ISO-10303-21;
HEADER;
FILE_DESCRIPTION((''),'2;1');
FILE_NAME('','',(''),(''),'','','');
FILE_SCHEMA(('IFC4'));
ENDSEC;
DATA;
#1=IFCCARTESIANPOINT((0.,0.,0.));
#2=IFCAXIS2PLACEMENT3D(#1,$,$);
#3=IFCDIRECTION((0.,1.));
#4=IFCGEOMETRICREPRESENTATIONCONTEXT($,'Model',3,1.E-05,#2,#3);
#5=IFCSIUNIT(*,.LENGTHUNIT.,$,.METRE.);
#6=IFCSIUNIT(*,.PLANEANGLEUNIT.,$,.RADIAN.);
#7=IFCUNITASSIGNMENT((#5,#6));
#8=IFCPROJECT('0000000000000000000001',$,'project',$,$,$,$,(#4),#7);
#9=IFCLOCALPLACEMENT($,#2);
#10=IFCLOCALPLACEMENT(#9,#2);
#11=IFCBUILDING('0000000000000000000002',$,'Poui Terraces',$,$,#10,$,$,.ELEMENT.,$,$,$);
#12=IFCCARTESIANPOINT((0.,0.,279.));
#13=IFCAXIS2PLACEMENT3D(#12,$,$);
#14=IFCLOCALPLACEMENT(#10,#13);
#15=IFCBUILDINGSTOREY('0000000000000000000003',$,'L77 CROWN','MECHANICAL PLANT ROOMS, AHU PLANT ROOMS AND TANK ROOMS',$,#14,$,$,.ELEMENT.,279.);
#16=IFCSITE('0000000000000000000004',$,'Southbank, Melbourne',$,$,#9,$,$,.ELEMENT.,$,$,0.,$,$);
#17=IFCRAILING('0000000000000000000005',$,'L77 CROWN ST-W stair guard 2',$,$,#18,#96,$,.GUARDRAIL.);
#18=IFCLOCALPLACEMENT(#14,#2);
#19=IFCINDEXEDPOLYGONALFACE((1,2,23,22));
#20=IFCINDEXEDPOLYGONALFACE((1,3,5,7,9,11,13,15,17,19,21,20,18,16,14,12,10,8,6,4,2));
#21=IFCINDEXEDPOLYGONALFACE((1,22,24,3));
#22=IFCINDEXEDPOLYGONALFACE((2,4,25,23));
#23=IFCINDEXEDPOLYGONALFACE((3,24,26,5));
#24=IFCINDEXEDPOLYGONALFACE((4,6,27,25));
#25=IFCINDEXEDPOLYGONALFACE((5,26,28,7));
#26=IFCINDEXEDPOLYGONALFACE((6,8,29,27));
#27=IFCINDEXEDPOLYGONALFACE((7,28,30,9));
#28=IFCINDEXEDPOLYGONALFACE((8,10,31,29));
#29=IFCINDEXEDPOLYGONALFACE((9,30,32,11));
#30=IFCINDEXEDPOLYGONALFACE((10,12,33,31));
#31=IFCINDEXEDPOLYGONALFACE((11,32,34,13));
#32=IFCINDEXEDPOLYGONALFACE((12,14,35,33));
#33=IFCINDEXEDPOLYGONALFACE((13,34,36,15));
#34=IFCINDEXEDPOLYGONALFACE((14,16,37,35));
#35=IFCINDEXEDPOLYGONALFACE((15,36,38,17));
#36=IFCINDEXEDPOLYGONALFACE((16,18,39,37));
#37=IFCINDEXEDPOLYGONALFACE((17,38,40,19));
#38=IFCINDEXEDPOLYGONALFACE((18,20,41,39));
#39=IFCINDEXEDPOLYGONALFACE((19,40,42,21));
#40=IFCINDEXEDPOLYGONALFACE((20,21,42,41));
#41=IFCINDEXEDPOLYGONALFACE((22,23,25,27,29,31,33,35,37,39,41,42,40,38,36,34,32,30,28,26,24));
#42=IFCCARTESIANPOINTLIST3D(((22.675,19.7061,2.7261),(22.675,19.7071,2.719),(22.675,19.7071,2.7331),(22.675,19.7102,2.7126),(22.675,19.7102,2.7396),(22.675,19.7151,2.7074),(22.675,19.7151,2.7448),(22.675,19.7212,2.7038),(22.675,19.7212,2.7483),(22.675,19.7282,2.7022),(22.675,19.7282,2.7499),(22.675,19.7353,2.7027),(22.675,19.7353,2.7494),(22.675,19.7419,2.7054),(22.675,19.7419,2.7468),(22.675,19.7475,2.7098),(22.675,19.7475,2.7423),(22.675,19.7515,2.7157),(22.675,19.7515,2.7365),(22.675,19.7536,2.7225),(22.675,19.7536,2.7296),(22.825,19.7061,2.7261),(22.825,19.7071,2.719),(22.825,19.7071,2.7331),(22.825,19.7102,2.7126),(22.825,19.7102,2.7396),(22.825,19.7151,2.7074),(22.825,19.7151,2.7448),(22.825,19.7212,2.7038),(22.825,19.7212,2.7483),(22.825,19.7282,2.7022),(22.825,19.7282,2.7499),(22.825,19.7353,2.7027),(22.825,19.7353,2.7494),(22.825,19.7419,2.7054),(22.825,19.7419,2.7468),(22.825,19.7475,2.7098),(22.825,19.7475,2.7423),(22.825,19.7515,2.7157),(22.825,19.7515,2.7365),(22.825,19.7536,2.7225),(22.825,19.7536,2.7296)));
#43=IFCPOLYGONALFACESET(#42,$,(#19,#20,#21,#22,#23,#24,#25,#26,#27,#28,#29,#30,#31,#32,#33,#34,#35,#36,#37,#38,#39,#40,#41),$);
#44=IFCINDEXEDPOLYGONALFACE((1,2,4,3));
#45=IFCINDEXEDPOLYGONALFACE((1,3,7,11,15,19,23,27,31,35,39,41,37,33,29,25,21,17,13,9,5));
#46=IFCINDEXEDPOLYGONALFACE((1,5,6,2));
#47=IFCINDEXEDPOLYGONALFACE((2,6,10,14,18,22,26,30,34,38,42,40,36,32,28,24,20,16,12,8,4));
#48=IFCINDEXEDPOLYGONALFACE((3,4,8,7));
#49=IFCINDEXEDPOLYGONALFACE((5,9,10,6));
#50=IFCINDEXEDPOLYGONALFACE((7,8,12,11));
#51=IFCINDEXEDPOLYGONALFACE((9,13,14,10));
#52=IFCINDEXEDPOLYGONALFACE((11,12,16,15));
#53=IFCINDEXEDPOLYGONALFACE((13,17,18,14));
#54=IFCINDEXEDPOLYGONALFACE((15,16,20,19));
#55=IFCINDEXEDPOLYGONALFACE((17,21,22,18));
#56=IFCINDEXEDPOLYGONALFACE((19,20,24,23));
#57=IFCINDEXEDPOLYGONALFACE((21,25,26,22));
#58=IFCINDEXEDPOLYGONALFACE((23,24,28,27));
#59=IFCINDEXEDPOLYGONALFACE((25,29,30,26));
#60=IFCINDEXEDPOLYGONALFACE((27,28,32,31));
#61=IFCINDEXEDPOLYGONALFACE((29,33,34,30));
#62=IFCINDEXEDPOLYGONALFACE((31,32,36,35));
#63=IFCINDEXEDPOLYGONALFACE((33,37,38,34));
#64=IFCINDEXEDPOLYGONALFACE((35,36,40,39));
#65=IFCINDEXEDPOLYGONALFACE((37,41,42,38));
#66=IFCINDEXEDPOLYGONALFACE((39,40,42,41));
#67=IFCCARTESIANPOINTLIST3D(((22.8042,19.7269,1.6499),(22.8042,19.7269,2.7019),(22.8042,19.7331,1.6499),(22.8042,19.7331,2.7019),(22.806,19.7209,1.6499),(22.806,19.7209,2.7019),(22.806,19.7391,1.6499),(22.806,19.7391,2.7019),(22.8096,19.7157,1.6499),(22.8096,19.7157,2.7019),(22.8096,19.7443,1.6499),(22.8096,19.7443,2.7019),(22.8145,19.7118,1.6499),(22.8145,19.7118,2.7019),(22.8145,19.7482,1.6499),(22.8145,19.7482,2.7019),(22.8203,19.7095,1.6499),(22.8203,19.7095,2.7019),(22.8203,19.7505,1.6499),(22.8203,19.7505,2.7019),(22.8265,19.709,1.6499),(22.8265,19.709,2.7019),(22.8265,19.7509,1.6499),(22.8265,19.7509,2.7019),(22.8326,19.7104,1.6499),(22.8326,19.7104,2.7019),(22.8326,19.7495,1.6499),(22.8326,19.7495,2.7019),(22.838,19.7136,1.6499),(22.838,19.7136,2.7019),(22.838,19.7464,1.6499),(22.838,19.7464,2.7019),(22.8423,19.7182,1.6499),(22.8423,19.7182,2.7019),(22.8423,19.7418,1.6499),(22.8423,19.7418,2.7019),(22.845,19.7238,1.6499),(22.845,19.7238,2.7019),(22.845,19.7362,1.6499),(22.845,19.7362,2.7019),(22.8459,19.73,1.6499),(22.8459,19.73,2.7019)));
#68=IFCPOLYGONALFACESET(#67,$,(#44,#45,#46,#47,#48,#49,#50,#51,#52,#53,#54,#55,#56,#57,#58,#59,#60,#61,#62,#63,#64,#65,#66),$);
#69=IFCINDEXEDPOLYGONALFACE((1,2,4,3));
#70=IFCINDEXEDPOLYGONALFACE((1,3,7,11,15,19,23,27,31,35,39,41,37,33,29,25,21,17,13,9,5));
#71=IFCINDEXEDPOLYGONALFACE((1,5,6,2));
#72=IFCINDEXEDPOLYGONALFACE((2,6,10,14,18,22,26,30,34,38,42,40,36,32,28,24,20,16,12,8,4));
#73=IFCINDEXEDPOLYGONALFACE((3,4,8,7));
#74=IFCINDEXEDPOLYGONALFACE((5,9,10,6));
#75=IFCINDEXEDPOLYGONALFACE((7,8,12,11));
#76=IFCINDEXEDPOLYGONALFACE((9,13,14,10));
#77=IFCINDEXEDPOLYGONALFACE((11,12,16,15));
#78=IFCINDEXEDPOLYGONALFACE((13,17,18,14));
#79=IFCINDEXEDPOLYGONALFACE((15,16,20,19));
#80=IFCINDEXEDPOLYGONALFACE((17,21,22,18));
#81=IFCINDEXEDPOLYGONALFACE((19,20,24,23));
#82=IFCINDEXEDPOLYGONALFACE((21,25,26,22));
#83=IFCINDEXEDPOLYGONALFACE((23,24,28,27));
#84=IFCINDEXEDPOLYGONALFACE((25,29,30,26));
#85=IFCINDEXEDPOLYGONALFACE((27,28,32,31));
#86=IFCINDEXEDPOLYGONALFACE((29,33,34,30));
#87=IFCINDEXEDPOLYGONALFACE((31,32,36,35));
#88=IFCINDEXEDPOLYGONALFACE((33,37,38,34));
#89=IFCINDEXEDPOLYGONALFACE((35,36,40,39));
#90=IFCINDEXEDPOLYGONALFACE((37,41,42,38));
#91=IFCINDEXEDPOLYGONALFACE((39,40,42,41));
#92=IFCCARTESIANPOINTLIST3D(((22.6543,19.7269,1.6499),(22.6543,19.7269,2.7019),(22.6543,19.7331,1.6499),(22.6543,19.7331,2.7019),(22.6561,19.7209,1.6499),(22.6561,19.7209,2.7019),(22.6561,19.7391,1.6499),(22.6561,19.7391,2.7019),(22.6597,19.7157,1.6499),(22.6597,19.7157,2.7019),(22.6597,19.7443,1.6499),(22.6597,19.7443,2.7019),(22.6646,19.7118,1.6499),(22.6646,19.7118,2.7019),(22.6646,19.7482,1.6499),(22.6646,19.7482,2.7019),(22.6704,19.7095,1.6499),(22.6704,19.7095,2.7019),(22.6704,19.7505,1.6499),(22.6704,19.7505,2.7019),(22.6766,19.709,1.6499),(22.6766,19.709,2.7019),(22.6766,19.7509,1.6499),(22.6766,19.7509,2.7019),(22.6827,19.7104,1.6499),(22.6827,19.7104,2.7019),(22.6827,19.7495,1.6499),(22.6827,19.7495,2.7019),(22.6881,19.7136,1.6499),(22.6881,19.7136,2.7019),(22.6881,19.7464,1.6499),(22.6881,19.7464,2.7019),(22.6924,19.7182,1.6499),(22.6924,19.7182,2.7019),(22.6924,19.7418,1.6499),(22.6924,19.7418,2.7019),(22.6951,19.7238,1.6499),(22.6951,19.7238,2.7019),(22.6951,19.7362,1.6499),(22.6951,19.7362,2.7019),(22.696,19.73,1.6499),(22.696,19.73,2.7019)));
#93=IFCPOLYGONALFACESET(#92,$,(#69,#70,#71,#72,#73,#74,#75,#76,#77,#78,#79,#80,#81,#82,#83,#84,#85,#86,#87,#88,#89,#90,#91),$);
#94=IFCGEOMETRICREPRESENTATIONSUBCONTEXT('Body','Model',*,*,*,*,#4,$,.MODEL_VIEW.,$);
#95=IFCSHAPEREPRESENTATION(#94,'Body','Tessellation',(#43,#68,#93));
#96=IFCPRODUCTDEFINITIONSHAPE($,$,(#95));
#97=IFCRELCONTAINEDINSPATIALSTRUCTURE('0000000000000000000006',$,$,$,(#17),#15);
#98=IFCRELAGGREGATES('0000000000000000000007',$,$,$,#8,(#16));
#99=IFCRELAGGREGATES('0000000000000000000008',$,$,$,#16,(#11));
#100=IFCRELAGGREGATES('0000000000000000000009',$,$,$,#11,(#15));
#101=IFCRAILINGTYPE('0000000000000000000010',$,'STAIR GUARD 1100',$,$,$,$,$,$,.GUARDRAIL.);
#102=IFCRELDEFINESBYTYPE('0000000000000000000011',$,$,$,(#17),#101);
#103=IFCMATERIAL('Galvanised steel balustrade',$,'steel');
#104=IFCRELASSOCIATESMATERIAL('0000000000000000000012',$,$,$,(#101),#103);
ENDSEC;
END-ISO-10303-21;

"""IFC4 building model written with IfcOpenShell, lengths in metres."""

from ifc_helpers import new_model, si_unit, direction, frame, origin, origin_2d, place, context, subcontext, project, spatial, circle, extrude, material, type_object, element, save


model = new_model("IFC4")

# Units and contexts
model_context = context("Model", 3, precision=1e-05, world=origin(), true_north=direction((0.0, 1.0)))
body_context = subcontext(model_context, "Body", "Model", "MODEL_VIEW")
ifc_project = project(units=[si_unit("LENGTHUNIT", "METRE"), si_unit("PLANEANGLEUNIT", "RADIAN")], contexts=[model_context])

# Site, building, storey
site_placement = place(None, origin())
site = spatial("IfcSite", under=ifc_project, at=site_placement, Name="Southbank, Melbourne", CompositionType="ELEMENT", RefElevation=0.0)
building_placement = place(site_placement, origin())
building = spatial("IfcBuilding", under=site, at=building_placement, Name="Poui Terraces", CompositionType="ELEMENT")
storey_placement = place(building_placement, frame((0.0, 0.0, 279.0)))
storey = spatial("IfcBuildingStorey", under=building, at=storey_placement, Name="L77 CROWN", Description="MECHANICAL PLANT ROOMS, AHU PLANT ROOMS AND TANK ROOMS", CompositionType="ELEMENT", Elevation=279.0)

# Railing
ifc_material_1 = material(Name="Galvanised steel balustrade", Category="steel")
railing_type_1 = type_object("IfcRailingType", Name="STAIR GUARD 1100", PredefinedType="GUARDRAIL", material=ifc_material_1)
railing_1_placement = place(storey_placement, frame((22.825, 19.73, 1.6499)))
element("IfcRailing", 1, at=railing_1_placement, inside=storey, type_object=railing_type_1, Name="L77 CROWN ST-W stair guard 2", PredefinedType="GUARDRAIL", context=body_context, shape_type="SweptSolid", body=[
    extrude(circle(Radius=0.0239, at=origin_2d()), frame((0.0, 0.0, 1.0762), z_axis=(-1.0, 0.0, 0.0), x_axis=(0.0, -1.0, 0.0)), (0.0, 0.0, 1.0), 0.1499),
    extrude(circle(Radius=0.021, at=origin_2d()), origin(), (0.0, 0.0, 1.0), 1.052),
    extrude(circle(Radius=0.021, at=origin_2d()), frame((-0.1499, 0.0, 0.0)), (0.0, 0.0, 1.0), 1.052),
])

save(model, "model.ifc")
